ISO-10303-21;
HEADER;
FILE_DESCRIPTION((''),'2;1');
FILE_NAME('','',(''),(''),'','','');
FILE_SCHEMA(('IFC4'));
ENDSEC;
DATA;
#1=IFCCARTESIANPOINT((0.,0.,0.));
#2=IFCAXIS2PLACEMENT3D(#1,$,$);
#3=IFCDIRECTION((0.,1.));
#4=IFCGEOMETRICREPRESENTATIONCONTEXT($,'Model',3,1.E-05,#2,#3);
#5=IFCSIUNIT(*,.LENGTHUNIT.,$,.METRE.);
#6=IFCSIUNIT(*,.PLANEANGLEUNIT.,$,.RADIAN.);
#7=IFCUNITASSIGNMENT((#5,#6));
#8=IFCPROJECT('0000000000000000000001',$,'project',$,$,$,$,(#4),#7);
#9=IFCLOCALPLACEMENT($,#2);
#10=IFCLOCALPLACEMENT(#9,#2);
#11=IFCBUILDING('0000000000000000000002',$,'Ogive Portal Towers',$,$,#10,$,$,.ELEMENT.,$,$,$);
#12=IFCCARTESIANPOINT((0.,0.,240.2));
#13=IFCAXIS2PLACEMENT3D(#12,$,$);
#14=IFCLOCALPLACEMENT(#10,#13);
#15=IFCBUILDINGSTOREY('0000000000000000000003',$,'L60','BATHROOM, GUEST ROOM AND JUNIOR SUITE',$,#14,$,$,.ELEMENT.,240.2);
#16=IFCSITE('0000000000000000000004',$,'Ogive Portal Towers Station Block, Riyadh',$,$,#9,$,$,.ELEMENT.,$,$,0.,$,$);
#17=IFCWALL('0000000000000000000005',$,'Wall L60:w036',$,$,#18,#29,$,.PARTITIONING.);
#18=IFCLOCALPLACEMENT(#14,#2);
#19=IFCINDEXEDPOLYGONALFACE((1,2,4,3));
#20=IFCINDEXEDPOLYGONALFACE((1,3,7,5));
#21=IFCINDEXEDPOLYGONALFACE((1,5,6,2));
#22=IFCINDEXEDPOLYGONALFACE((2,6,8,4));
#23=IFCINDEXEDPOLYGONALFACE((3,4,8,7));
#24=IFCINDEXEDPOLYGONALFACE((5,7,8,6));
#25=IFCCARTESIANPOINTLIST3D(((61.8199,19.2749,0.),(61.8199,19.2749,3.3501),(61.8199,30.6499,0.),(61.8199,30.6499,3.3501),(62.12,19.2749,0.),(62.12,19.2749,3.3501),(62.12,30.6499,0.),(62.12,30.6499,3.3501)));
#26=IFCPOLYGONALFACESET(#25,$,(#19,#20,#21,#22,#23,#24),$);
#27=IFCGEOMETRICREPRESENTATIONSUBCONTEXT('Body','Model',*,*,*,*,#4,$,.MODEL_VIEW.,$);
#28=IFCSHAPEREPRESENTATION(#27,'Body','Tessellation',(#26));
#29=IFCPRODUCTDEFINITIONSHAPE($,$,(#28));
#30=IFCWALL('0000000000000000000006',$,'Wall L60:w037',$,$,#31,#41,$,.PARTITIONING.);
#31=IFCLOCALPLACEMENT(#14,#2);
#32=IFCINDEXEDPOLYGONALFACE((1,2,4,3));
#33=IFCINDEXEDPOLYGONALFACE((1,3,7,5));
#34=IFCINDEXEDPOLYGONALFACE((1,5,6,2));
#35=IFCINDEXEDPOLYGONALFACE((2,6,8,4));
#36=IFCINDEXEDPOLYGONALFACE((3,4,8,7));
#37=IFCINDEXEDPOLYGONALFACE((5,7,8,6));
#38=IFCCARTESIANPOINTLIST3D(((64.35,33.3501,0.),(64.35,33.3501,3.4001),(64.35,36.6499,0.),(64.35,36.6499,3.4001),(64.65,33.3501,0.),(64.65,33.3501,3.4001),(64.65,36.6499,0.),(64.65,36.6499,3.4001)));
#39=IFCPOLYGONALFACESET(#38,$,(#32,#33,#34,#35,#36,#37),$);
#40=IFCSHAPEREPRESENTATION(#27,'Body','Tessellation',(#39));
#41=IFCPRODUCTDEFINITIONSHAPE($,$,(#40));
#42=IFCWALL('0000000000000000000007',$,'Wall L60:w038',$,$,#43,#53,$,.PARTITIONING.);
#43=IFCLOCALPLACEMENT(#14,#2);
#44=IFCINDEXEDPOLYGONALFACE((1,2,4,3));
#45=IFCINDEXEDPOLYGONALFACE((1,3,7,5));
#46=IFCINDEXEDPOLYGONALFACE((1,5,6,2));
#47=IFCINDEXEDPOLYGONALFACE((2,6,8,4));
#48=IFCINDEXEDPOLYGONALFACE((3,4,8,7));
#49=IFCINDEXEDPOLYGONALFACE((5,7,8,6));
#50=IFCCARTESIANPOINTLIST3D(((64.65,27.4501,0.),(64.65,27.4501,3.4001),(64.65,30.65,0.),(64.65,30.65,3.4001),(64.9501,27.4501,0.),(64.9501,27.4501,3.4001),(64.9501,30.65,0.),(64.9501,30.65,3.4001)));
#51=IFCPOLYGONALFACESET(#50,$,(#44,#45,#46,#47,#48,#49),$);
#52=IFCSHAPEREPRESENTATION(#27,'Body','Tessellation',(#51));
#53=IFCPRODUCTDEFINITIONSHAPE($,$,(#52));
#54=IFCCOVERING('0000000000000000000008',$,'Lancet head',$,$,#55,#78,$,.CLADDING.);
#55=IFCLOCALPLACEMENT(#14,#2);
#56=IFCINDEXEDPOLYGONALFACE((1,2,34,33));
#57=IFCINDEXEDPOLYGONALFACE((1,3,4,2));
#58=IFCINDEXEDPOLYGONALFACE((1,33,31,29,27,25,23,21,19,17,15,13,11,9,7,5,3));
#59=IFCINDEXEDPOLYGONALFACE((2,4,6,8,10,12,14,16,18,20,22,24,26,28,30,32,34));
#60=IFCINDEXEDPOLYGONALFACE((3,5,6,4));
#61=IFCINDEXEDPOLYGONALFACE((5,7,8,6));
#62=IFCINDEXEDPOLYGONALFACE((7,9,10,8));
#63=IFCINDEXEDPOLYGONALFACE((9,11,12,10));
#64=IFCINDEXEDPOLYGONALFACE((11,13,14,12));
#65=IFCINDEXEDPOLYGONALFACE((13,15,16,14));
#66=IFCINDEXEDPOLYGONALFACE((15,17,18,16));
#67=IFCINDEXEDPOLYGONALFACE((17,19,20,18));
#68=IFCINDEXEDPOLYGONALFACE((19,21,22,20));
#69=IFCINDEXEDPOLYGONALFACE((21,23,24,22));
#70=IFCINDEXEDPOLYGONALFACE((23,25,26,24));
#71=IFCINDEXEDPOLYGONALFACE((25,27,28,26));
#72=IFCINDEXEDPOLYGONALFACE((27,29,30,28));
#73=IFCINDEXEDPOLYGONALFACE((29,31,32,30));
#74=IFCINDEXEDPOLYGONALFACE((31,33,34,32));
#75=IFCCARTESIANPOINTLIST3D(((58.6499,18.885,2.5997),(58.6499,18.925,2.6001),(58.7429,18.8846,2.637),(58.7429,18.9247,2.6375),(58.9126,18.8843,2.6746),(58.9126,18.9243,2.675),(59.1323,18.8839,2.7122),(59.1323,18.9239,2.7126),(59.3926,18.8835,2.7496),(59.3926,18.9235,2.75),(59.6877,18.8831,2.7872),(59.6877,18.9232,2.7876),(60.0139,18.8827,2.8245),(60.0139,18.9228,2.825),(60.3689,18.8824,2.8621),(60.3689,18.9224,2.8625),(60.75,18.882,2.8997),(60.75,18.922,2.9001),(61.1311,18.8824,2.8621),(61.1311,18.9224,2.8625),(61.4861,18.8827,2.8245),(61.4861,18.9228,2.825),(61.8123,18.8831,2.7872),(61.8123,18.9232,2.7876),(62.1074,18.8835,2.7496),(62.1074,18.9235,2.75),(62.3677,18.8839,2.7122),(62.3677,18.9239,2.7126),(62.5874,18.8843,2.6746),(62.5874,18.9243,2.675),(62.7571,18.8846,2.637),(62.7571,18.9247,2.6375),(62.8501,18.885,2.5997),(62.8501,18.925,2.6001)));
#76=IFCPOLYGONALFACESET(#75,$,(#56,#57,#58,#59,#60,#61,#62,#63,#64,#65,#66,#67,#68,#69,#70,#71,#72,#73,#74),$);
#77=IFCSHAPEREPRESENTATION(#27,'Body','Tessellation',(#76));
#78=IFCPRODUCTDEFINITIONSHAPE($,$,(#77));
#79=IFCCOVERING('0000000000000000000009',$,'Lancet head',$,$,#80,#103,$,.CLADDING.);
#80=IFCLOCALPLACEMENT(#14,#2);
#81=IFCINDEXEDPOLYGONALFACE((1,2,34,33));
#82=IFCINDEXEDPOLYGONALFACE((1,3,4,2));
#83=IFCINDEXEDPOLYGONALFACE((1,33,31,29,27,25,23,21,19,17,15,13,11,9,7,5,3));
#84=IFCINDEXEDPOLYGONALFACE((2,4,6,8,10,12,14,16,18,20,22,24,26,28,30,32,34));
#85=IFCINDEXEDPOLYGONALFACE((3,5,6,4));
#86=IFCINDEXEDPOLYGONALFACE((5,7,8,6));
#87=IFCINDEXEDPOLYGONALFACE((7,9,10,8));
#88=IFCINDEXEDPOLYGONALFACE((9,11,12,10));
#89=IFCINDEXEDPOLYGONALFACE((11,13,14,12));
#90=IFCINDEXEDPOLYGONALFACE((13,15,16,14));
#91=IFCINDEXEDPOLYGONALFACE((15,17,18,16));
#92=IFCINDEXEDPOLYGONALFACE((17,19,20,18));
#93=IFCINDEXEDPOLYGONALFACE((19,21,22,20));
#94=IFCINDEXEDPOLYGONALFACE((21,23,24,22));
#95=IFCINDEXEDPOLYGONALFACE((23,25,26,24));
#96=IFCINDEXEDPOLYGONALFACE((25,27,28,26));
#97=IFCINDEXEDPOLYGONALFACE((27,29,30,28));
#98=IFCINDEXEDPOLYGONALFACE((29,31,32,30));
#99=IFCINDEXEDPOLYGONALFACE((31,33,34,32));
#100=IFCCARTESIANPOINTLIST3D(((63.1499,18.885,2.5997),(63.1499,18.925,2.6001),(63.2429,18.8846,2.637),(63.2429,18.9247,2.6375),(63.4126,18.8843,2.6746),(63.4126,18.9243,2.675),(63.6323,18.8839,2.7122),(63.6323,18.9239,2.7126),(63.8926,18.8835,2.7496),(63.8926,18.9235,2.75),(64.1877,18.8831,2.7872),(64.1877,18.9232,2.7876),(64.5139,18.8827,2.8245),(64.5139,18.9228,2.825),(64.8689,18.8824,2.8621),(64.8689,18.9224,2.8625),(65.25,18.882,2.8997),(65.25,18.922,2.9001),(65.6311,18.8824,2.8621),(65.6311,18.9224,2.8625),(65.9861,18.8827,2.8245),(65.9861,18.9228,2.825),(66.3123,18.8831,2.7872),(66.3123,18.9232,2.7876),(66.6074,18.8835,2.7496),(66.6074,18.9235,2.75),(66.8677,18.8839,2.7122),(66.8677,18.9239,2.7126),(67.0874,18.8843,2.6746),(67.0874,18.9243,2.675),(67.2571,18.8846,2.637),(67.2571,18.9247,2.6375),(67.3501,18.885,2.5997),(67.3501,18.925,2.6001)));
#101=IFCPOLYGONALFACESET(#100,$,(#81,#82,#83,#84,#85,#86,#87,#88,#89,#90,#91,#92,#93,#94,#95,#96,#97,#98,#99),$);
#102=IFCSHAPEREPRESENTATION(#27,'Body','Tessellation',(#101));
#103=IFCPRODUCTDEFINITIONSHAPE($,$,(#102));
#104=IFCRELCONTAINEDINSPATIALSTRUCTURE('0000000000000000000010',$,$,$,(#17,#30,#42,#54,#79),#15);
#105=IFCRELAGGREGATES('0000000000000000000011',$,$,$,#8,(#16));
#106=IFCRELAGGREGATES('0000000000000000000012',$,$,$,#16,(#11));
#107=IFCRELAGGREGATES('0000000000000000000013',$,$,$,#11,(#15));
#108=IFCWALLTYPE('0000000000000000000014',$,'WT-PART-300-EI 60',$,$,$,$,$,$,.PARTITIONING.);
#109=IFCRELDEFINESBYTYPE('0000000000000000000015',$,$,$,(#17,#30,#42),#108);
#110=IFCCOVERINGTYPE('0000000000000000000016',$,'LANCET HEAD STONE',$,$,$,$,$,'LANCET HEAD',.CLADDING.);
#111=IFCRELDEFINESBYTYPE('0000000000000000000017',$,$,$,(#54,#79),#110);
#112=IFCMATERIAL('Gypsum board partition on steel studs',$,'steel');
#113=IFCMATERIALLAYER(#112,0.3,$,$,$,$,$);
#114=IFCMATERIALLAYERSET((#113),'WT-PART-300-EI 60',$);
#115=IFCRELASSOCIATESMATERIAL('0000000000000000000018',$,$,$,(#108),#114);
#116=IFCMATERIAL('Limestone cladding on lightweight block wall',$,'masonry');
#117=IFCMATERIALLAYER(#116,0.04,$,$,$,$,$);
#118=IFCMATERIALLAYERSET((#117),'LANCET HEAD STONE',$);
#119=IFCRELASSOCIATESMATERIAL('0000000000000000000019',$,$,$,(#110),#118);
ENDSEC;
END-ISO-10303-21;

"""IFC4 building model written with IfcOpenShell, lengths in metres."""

from ifc_helpers import new_model, si_unit, direction, frame, frame_2d, origin, place, context, subcontext, project, spatial, polyline, rectangle, outline, extrude, material, layer, layer_set, type_object, element, save


model = new_model("IFC4")

# Units and contexts
model_context = context("Model", 3, precision=1e-05, world=origin(), true_north=direction((0.0, 1.0)))
body_context = subcontext(model_context, "Body", "Model", "MODEL_VIEW")
ifc_project = project(units=[si_unit("LENGTHUNIT", "METRE"), si_unit("PLANEANGLEUNIT", "RADIAN")], contexts=[model_context])

# Site, building, storey
site_placement = place(None, origin())
site = spatial("IfcSite", under=ifc_project, at=site_placement, Name="Ogive Portal Towers Station Block, Riyadh", CompositionType="ELEMENT", RefElevation=0.0)
building_placement = place(site_placement, origin())
building = spatial("IfcBuilding", under=site, at=building_placement, Name="Ogive Portal Towers", CompositionType="ELEMENT")
storey_placement = place(building_placement, frame((0.0, 0.0, 240.2)))
storey = spatial("IfcBuildingStorey", under=building, at=storey_placement, Name="L60", Description="BATHROOM, GUEST ROOM AND JUNIOR SUITE", CompositionType="ELEMENT", Elevation=240.2)

# Shared definitions
ifc_material_1 = material(Name="Gypsum board partition on steel studs", Category="steel")

# Shared definitions
ifc_layer_1 = layer(ifc_material_1, 0.3)
ifc_layer_set_1 = layer_set([ifc_layer_1], Name="WT-PART-300-EI 60")
wall_type_1 = type_object("IfcWallType", Name="WT-PART-300-EI 60", PredefinedType="PARTITIONING", material=ifc_layer_set_1)

# Walls
wall_1_placement = place(storey_placement, frame((61.97, 19.2749, 0.0), z_axis=(0.0, 0.0, 1.0), x_axis=(0.0, 1.0, 0.0)))
element("IfcWall", 1, at=wall_1_placement, inside=storey, type_object=wall_type_1, Name="Wall L60:w036", PredefinedType="PARTITIONING", context=body_context, shape_type="SweptSolid", body=[
    extrude(rectangle(XDim=11.375, YDim=0.3, at=frame_2d((5.6875, 0.0))), origin(), (0.0, 0.0, 1.0), 3.3501),
])
wall_2_placement = place(storey_placement, frame((64.5, 33.3501, 0.0), z_axis=(0.0, 0.0, 1.0), x_axis=(0.0, 1.0, 0.0)))
element("IfcWall", 2, at=wall_2_placement, inside=storey, type_object=wall_type_1, Name="Wall L60:w037", PredefinedType="PARTITIONING", context=body_context, shape_type="SweptSolid", body=[
    extrude(rectangle(XDim=3.2998, YDim=0.3, at=frame_2d((1.6499, 0.0))), origin(), (0.0, 0.0, 1.0), 3.4001),
])
wall_3_placement = place(storey_placement, frame((64.8, 27.45, 0.0), z_axis=(0.0, 0.0, 1.0), x_axis=(0.0, 1.0, 0.0)))
element("IfcWall", 3, at=wall_3_placement, inside=storey, type_object=wall_type_1, Name="Wall L60:w038", PredefinedType="PARTITIONING", context=body_context, shape_type="SweptSolid", body=[
    extrude(rectangle(XDim=3.2, YDim=0.3, at=frame_2d((1.6001, 0.0))), origin(), (0.0, 0.0, 1.0), 3.4001),
])

# Coverings
ifc_material_2 = material(Name="Limestone cladding on lightweight block wall", Category="masonry")
ifc_layer_2 = layer(ifc_material_2, 0.04)
ifc_layer_set_2 = layer_set([ifc_layer_2], Name="LANCET HEAD STONE")
covering_type = type_object("IfcCoveringType", Name="LANCET HEAD STONE", ElementType="LANCET HEAD", PredefinedType="CLADDING", material=ifc_layer_set_2)
for number, where, z_axis, x_axis, name in (
    (4, (58.6499, 18.925, 2.6001), (0.0, 0.999949, 0.010108), (1.0, 0.0, 0.0), "Lancet head"),
    (5, (63.1499, 18.925, 2.6001), (0.0, 0.999949, 0.010108), (1.0, 0.0, 0.0), "Lancet head"),
):
    element("IfcCovering", number, at=place(storey_placement, frame(where, z_axis=z_axis, x_axis=x_axis)), inside=storey, type_object=covering_type, Name=name, PredefinedType="CLADDING", context=body_context, shape_type="SweptSolid", body=[
        extrude(outline(polyline([(0.0, 0.0), (4.2002, 0.0), (4.1072, -0.0374), (3.9375, -0.075), (3.7178, -0.1126), (3.4575, -0.1499), (3.1624, -0.1875), (2.8362, -0.2249), (2.4812, -0.2625), (2.1001, -0.3001), (1.719, -0.2625), (1.364, -0.2249), (1.0378, -0.1875), (0.7427, -0.1499), (0.4824, -0.1126), (0.2627, -0.075), (0.093, -0.0374), (0.0, 0.0)])), origin(), (0.0, 0.0, -1.0), 0.04),
    ])

save(model, "model.ifc")
